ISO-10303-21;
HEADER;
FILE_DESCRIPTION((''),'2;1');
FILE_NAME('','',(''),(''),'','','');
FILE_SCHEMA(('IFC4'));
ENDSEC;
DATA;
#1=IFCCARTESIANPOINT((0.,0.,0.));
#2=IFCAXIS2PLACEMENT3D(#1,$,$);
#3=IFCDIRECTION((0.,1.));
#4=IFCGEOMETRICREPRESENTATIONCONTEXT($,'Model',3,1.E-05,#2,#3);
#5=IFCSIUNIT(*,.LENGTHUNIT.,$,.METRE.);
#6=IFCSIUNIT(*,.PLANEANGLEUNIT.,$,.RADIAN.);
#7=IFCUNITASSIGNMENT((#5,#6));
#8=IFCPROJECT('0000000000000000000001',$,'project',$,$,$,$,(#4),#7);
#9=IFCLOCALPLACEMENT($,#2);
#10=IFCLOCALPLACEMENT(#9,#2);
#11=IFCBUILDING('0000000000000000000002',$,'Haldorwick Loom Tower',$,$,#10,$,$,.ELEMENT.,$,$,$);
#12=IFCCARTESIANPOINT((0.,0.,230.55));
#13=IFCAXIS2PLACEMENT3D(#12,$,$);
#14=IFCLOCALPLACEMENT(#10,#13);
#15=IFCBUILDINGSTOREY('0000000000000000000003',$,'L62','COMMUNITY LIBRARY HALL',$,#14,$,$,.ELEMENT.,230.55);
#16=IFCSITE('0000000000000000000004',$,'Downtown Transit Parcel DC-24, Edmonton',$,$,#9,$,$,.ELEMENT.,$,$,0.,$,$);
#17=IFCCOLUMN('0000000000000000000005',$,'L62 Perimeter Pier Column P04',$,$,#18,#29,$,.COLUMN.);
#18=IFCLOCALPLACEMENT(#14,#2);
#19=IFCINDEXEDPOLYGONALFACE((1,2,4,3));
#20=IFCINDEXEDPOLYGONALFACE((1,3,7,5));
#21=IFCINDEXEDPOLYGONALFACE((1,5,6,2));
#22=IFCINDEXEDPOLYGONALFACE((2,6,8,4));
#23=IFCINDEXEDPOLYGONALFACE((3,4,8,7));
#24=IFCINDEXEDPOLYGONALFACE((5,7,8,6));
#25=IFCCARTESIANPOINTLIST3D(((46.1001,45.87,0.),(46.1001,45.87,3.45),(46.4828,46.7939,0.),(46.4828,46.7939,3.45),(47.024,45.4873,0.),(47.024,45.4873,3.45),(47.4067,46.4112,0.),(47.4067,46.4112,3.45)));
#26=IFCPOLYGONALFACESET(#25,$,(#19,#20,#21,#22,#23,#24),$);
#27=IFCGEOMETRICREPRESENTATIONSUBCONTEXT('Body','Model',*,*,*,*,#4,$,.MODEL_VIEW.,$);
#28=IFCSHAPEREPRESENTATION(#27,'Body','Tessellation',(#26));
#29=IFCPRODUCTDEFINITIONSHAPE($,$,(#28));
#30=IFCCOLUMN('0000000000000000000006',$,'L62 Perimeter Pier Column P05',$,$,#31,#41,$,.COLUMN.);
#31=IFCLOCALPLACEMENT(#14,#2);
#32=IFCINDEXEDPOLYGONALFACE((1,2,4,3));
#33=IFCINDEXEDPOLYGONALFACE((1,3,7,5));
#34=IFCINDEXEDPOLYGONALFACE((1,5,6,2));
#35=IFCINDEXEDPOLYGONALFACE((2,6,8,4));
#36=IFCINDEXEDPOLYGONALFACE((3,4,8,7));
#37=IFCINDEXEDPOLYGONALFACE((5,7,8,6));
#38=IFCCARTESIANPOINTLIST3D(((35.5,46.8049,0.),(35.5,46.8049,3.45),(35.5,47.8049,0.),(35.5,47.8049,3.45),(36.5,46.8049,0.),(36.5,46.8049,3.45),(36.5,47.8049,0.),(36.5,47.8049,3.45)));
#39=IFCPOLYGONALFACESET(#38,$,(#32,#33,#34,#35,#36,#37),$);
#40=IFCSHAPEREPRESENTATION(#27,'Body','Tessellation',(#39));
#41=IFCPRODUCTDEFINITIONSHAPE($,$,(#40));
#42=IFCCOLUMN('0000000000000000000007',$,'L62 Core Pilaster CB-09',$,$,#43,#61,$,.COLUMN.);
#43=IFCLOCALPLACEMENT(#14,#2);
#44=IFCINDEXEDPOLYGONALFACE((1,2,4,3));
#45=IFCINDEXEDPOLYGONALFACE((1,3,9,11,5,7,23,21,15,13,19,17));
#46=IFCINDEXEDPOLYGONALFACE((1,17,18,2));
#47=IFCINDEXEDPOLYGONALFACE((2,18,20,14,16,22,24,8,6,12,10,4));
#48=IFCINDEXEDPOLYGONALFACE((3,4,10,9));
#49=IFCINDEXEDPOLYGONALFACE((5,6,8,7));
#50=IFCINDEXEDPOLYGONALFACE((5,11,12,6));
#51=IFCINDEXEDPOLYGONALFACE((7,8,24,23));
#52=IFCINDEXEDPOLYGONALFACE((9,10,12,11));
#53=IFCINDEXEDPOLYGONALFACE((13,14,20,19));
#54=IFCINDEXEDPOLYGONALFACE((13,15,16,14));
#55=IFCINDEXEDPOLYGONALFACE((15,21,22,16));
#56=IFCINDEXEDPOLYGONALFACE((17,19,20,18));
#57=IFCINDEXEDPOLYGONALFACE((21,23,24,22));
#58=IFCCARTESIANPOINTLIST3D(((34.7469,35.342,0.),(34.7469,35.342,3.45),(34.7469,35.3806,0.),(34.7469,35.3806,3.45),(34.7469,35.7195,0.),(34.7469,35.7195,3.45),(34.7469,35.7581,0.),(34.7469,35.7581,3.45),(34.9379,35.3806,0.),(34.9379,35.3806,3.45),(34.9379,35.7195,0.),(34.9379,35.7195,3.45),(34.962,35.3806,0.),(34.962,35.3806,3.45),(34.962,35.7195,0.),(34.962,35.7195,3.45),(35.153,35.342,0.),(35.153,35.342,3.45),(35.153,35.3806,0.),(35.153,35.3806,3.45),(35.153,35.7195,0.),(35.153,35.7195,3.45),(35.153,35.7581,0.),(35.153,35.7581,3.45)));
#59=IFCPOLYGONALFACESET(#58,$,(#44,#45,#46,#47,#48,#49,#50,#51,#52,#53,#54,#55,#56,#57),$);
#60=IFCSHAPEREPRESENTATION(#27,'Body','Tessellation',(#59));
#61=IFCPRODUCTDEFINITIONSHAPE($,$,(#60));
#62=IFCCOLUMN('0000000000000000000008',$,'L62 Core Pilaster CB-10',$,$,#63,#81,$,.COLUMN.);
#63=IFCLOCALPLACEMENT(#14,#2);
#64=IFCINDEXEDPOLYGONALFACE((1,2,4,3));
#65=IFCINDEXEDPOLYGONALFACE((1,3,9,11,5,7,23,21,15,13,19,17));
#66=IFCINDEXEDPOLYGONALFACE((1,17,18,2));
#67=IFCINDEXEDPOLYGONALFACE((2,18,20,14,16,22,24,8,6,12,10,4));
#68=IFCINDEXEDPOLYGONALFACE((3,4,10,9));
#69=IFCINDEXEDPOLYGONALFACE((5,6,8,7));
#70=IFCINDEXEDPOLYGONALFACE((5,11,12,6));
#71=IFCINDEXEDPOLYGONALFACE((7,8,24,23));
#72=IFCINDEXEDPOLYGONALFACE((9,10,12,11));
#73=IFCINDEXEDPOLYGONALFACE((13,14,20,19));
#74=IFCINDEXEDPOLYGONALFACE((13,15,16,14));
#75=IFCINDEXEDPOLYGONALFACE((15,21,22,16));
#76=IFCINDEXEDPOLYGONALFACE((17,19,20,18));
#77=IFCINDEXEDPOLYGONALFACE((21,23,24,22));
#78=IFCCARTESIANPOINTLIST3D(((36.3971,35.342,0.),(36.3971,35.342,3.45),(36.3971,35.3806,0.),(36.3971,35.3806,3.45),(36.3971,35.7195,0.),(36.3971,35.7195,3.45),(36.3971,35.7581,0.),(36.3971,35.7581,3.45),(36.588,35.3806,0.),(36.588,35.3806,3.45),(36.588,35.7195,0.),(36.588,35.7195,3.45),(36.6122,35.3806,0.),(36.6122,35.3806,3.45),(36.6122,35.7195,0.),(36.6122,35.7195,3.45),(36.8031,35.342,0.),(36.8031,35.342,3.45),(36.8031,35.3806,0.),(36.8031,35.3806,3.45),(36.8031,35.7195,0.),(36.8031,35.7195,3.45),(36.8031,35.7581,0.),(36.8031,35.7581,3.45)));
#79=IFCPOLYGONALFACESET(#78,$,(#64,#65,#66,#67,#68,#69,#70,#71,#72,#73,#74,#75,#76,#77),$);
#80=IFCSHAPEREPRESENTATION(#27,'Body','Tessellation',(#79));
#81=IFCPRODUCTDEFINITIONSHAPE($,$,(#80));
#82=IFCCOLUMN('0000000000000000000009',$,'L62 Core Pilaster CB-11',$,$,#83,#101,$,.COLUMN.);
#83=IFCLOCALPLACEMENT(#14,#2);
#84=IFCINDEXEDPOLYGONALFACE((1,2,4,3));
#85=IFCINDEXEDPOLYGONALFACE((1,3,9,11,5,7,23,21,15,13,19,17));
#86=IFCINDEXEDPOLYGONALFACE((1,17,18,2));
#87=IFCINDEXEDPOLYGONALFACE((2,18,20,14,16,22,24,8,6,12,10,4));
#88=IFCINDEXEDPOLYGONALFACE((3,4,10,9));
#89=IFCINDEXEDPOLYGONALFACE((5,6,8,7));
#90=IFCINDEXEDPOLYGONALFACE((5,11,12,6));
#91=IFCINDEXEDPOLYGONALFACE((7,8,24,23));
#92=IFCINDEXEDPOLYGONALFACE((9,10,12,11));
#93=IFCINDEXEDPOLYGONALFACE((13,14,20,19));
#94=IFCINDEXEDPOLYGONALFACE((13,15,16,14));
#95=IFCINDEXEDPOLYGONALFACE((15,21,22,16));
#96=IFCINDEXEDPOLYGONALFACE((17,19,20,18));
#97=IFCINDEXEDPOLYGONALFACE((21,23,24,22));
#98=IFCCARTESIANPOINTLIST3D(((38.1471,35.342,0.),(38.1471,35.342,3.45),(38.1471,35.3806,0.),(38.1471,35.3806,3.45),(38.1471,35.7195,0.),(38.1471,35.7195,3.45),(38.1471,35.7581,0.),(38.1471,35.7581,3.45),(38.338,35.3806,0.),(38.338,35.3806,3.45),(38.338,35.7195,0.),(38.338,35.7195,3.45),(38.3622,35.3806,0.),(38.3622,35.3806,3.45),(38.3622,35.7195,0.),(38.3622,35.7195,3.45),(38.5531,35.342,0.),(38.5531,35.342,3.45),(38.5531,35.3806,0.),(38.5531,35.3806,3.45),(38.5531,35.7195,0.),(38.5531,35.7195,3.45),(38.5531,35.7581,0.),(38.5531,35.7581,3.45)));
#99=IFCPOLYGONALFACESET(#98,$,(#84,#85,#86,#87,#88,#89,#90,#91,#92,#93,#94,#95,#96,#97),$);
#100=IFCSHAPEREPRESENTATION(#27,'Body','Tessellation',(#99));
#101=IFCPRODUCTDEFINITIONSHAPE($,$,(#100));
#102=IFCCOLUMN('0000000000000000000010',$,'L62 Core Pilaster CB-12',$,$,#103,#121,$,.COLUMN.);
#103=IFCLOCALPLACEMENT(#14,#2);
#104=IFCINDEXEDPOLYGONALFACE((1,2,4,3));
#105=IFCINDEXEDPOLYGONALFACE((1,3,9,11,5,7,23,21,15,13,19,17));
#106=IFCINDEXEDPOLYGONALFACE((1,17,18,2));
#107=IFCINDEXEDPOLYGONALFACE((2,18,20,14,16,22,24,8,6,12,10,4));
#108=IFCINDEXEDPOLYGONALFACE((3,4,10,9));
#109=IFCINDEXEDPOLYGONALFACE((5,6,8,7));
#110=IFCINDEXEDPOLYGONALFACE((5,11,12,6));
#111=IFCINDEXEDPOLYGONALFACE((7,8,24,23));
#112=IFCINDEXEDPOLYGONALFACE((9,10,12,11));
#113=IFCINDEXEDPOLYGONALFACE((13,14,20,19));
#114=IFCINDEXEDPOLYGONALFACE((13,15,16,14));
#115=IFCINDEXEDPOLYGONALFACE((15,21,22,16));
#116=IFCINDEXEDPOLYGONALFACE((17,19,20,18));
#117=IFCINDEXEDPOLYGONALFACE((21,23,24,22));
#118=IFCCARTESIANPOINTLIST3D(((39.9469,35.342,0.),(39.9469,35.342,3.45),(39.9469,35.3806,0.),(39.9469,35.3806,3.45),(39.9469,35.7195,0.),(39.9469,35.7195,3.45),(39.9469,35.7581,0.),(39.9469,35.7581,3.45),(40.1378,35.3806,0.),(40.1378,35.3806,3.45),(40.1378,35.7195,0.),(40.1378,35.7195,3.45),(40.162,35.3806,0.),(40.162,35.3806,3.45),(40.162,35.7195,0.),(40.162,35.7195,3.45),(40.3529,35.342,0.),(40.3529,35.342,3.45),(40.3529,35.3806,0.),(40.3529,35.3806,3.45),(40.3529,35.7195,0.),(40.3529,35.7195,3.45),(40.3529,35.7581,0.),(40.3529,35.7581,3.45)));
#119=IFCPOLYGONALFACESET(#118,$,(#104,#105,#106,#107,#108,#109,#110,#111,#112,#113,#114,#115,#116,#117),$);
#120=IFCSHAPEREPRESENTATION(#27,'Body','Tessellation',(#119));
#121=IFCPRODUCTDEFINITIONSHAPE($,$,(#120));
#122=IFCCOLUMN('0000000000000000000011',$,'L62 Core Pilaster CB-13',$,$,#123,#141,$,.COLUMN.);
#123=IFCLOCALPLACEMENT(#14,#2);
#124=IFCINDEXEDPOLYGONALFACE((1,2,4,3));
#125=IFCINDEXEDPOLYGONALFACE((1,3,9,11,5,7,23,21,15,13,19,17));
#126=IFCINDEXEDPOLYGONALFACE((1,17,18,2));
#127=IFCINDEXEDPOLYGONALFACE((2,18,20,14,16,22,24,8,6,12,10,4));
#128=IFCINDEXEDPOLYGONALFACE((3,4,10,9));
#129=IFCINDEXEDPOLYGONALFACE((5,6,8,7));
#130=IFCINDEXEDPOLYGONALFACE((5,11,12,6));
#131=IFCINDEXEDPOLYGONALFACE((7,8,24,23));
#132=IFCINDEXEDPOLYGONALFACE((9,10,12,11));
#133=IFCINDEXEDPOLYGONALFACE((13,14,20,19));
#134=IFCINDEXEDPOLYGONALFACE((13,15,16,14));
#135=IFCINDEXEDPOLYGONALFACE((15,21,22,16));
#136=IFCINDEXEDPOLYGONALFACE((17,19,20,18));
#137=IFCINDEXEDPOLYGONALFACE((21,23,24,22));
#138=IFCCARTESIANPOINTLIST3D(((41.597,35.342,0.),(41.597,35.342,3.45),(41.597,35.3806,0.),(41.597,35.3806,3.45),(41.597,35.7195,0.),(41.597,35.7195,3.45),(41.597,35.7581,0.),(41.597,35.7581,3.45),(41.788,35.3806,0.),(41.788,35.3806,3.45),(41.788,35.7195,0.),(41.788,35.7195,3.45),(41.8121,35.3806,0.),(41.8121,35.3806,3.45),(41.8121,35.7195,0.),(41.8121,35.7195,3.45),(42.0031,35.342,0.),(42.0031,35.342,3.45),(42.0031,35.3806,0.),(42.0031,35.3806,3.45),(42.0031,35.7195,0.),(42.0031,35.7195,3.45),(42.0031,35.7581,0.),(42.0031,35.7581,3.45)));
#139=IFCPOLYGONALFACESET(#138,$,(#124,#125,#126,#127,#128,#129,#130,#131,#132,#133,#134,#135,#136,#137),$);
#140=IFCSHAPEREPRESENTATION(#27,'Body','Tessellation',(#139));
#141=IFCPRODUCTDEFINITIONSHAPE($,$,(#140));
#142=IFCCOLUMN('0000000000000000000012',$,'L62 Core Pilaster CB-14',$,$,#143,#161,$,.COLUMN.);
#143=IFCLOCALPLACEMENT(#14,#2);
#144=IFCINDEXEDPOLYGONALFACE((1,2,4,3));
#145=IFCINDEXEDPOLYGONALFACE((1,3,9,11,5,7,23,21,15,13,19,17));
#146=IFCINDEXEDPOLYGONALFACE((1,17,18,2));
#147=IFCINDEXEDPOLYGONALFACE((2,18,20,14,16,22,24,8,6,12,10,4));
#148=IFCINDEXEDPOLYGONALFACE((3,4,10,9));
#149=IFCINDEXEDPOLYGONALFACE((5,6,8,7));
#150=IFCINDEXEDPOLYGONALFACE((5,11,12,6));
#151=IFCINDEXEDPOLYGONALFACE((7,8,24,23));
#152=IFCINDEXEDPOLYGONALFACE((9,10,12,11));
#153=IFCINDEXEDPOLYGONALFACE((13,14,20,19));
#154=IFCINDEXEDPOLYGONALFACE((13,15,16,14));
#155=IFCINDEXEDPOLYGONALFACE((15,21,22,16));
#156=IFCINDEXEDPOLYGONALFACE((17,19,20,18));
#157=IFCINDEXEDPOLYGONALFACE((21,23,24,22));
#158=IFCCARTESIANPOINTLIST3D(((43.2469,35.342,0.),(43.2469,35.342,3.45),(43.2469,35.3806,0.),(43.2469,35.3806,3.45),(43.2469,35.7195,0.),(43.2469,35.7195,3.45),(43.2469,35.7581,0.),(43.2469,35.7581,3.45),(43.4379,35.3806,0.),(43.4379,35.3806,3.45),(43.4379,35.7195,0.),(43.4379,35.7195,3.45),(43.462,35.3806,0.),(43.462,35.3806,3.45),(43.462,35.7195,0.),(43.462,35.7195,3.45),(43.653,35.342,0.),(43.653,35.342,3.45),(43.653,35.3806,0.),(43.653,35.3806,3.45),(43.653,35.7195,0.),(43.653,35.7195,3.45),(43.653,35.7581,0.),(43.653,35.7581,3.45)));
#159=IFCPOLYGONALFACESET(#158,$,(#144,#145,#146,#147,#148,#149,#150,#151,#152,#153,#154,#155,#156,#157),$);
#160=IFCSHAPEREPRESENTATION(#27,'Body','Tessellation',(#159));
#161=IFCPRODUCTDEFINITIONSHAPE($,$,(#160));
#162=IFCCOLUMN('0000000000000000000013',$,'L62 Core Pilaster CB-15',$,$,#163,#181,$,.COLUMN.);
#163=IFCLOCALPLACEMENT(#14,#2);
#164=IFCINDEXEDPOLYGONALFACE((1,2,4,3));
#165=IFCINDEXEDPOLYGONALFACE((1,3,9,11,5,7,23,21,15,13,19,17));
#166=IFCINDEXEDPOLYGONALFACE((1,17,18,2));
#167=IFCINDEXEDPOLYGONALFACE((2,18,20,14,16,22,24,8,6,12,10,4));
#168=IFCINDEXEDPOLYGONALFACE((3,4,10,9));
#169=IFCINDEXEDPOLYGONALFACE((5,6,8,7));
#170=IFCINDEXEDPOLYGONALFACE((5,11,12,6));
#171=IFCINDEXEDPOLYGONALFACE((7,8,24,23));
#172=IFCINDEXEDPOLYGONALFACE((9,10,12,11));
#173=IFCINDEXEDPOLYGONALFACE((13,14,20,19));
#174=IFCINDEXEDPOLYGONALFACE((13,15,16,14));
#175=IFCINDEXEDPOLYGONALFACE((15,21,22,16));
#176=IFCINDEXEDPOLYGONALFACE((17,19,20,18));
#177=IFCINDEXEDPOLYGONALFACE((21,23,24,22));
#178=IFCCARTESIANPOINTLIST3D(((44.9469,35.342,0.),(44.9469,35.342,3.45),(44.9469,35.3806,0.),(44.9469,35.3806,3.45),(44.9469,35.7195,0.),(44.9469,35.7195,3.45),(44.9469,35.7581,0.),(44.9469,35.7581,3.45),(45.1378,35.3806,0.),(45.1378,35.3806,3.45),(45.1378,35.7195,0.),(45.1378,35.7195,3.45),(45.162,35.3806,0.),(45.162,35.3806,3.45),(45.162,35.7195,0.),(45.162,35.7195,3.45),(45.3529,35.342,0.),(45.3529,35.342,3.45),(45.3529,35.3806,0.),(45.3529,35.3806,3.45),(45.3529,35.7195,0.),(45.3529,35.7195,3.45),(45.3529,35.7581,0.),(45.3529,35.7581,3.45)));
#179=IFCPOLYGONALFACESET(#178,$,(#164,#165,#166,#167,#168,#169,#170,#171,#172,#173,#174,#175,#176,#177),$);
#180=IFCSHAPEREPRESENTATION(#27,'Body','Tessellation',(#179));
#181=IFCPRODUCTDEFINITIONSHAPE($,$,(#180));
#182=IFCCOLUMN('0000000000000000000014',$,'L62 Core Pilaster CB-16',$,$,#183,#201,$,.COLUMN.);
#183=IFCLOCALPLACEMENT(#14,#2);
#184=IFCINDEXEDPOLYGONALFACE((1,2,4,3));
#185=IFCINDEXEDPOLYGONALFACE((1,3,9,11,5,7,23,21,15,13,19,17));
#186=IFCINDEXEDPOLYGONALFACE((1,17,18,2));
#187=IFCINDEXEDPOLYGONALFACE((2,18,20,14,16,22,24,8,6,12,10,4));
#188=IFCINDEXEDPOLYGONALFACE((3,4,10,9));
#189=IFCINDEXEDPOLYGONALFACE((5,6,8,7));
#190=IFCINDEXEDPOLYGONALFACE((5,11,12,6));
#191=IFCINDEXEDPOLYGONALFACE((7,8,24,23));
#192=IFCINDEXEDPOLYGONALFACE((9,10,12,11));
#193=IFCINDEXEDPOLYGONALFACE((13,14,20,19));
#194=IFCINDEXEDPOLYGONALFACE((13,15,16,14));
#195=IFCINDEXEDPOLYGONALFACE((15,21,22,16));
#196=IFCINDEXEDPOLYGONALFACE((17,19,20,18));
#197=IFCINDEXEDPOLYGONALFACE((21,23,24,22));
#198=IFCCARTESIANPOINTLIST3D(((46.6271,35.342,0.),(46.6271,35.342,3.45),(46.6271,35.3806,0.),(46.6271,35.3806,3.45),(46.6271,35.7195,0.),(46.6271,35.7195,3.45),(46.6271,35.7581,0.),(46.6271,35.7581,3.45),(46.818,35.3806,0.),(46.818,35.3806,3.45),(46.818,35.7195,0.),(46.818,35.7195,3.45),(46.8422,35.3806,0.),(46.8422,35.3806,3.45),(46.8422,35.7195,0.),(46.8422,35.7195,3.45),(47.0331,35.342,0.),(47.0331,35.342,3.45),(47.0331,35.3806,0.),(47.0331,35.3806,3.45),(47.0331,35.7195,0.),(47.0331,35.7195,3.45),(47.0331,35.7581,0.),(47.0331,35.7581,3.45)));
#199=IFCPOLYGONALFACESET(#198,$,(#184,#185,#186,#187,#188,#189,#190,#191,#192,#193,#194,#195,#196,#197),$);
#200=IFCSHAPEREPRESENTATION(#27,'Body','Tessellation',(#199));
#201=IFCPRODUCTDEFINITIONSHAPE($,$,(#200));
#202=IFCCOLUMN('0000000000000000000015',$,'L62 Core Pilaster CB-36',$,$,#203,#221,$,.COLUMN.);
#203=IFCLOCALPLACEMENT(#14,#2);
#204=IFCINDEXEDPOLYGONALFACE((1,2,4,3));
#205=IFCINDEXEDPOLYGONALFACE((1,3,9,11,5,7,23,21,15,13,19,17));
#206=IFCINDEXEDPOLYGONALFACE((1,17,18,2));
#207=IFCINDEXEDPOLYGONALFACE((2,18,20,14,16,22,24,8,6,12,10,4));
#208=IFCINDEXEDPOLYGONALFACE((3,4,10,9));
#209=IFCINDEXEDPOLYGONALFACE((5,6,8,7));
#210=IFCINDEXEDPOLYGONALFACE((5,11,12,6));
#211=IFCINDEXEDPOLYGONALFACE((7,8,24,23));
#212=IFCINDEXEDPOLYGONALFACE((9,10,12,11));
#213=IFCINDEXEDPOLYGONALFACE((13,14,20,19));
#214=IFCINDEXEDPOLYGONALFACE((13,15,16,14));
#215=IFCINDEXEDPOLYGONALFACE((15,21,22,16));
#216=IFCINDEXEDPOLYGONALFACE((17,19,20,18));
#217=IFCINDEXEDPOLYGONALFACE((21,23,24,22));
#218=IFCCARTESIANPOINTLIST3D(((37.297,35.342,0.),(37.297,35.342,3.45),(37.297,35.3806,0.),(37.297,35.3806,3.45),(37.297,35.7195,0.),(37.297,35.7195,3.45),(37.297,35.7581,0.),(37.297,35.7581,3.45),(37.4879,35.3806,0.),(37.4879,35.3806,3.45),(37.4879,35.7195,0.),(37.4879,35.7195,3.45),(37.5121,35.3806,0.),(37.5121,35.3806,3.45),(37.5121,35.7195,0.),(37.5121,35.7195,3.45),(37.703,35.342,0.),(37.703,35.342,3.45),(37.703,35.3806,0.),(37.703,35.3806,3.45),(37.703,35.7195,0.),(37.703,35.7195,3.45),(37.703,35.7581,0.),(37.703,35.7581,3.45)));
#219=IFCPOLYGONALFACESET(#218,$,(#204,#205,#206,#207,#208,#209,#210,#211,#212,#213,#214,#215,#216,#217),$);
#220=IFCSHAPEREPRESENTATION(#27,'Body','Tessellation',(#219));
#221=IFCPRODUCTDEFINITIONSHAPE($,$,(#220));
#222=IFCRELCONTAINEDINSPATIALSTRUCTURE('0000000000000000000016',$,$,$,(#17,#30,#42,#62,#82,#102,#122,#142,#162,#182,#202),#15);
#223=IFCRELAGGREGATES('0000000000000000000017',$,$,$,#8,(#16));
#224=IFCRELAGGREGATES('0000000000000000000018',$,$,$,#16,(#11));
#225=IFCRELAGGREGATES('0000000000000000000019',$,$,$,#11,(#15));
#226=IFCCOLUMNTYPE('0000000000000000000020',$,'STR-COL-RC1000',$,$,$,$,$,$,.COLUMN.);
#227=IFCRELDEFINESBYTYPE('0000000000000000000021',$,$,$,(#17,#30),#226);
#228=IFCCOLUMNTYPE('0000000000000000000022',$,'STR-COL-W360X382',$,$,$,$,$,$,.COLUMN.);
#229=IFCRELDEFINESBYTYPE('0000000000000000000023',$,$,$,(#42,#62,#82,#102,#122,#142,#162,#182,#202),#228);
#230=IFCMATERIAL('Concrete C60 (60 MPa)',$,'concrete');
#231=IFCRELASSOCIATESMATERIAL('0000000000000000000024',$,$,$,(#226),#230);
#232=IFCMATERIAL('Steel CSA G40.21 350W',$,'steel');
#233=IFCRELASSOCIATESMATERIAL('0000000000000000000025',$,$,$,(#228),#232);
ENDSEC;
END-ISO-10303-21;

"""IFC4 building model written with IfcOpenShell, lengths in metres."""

from ifc_helpers import new_model, si_unit, direction, frame, origin, origin_2d, place, context, subcontext, project, spatial, rectangle, i_section, extrude, material, material_profile, profile_set, type_object, element, save


model = new_model("IFC4")

# Units and contexts
model_context = context("Model", 3, precision=1e-05, world=origin(), true_north=direction((0.0, 1.0)))
body_context = subcontext(model_context, "Body", "Model", "MODEL_VIEW")
ifc_project = project(units=[si_unit("LENGTHUNIT", "METRE"), si_unit("PLANEANGLEUNIT", "RADIAN")], contexts=[model_context])

# Site, building, storey
site_placement = place(None, origin())
site = spatial("IfcSite", under=ifc_project, at=site_placement, Name="Downtown Transit Parcel DC-24, Edmonton", CompositionType="ELEMENT", RefElevation=0.0)
building_placement = place(site_placement, origin())
building = spatial("IfcBuilding", under=site, at=building_placement, Name="Haldorwick Loom Tower", CompositionType="ELEMENT")
storey_placement = place(building_placement, frame((0.0, 0.0, 230.55)))
storey = spatial("IfcBuildingStorey", under=building, at=storey_placement, Name="L62", Description="COMMUNITY LIBRARY HALL", CompositionType="ELEMENT", Elevation=230.55)

# Columns
ifc_material_1 = material(Name="Concrete C60 (60 MPa)", Category="concrete")
ifc_material_profile_1 = material_profile(ifc_material_1, rectangle(XDim=1.0, YDim=1.0, at=origin_2d()), Name="RC1000X1000", Category="concrete")
ifc_profile_set_1 = profile_set([ifc_material_profile_1], Name="Concrete C60 (60 MPa)")
column_type_1 = type_object("IfcColumnType", Name="STR-COL-RC1000", PredefinedType="COLUMN", material=ifc_profile_set_1)
for number, where, z_axis, x_axis, name in (
    (1, (46.7534, 46.1406, 0.0), (0.0, 0.0, 1.0), (0.382683, 0.92388, 0.0), "L62 Perimeter Pier Column P04"),
    (2, (36.0, 47.3049, 0.0), (0.0, 0.0, 1.0), (0.0, 1.0, 0.0), "L62 Perimeter Pier Column P05"),
):
    element("IfcColumn", number, at=place(storey_placement, frame(where, z_axis=z_axis, x_axis=x_axis)), inside=storey, type_object=column_type_1, Name=name, PredefinedType="COLUMN", context=body_context, shape_type="SweptSolid", body=[
        extrude(rectangle(XDim=1.0, YDim=1.0, at=origin_2d()), origin(), (0.0, 0.0, 1.0), 3.45),
    ])
ifc_material_2 = material(Name="Steel CSA G40.21 350W", Category="steel")
ifc_material_profile_2 = material_profile(ifc_material_2, i_section(OverallWidth=0.406, OverallDepth=0.416, WebThickness=0.0242, FlangeThickness=0.0386, at=origin_2d()), Name="W360X382", Category="steel")
ifc_profile_set_2 = profile_set([ifc_material_profile_2], Name="Steel CSA G40.21 350W")
column_type_2 = type_object("IfcColumnType", Name="STR-COL-W360X382", PredefinedType="COLUMN", material=ifc_profile_set_2)
for number, where, z_axis, x_axis, name in (
    (3, (34.95, 35.55, 0.0), (0.0, 0.0, 1.0), (1.0, 0.0, 0.0), "L62 Core Pilaster CB-09"),
    (4, (36.6001, 35.55, 0.0), (0.0, 0.0, 1.0), (1.0, 0.0, 0.0), "L62 Core Pilaster CB-10"),
    (5, (38.3501, 35.55, 0.0), (0.0, 0.0, 1.0), (1.0, 0.0, 0.0), "L62 Core Pilaster CB-11"),
    (6, (40.1499, 35.55, 0.0), (0.0, 0.0, 1.0), (1.0, 0.0, 0.0), "L62 Core Pilaster CB-12"),
    (7, (41.8, 35.55, 0.0), (0.0, 0.0, 1.0), (1.0, 0.0, 0.0), "L62 Core Pilaster CB-13"),
    (8, (43.45, 35.55, 0.0), (0.0, 0.0, 1.0), (1.0, 0.0, 0.0), "L62 Core Pilaster CB-14"),
    (9, (45.1499, 35.55, 0.0), (0.0, 0.0, 1.0), (1.0, 0.0, 0.0), "L62 Core Pilaster CB-15"),
    (10, (46.8301, 35.55, 0.0), (0.0, 0.0, 1.0), (1.0, 0.0, 0.0), "L62 Core Pilaster CB-16"),
    (11, (37.5, 35.55, 0.0), (0.0, 0.0, 1.0), (1.0, 0.0, 0.0), "L62 Core Pilaster CB-36"),
):
    element("IfcColumn", number, at=place(storey_placement, frame(where, z_axis=z_axis, x_axis=x_axis)), inside=storey, type_object=column_type_2, Name=name, PredefinedType="COLUMN", context=body_context, shape_type="SweptSolid", body=[
        extrude(i_section(OverallWidth=0.406, OverallDepth=0.416, WebThickness=0.0242, FlangeThickness=0.0386, at=origin_2d()), origin(), (0.0, 0.0, 1.0), 3.45),
    ])

save(model, "model.ifc")
